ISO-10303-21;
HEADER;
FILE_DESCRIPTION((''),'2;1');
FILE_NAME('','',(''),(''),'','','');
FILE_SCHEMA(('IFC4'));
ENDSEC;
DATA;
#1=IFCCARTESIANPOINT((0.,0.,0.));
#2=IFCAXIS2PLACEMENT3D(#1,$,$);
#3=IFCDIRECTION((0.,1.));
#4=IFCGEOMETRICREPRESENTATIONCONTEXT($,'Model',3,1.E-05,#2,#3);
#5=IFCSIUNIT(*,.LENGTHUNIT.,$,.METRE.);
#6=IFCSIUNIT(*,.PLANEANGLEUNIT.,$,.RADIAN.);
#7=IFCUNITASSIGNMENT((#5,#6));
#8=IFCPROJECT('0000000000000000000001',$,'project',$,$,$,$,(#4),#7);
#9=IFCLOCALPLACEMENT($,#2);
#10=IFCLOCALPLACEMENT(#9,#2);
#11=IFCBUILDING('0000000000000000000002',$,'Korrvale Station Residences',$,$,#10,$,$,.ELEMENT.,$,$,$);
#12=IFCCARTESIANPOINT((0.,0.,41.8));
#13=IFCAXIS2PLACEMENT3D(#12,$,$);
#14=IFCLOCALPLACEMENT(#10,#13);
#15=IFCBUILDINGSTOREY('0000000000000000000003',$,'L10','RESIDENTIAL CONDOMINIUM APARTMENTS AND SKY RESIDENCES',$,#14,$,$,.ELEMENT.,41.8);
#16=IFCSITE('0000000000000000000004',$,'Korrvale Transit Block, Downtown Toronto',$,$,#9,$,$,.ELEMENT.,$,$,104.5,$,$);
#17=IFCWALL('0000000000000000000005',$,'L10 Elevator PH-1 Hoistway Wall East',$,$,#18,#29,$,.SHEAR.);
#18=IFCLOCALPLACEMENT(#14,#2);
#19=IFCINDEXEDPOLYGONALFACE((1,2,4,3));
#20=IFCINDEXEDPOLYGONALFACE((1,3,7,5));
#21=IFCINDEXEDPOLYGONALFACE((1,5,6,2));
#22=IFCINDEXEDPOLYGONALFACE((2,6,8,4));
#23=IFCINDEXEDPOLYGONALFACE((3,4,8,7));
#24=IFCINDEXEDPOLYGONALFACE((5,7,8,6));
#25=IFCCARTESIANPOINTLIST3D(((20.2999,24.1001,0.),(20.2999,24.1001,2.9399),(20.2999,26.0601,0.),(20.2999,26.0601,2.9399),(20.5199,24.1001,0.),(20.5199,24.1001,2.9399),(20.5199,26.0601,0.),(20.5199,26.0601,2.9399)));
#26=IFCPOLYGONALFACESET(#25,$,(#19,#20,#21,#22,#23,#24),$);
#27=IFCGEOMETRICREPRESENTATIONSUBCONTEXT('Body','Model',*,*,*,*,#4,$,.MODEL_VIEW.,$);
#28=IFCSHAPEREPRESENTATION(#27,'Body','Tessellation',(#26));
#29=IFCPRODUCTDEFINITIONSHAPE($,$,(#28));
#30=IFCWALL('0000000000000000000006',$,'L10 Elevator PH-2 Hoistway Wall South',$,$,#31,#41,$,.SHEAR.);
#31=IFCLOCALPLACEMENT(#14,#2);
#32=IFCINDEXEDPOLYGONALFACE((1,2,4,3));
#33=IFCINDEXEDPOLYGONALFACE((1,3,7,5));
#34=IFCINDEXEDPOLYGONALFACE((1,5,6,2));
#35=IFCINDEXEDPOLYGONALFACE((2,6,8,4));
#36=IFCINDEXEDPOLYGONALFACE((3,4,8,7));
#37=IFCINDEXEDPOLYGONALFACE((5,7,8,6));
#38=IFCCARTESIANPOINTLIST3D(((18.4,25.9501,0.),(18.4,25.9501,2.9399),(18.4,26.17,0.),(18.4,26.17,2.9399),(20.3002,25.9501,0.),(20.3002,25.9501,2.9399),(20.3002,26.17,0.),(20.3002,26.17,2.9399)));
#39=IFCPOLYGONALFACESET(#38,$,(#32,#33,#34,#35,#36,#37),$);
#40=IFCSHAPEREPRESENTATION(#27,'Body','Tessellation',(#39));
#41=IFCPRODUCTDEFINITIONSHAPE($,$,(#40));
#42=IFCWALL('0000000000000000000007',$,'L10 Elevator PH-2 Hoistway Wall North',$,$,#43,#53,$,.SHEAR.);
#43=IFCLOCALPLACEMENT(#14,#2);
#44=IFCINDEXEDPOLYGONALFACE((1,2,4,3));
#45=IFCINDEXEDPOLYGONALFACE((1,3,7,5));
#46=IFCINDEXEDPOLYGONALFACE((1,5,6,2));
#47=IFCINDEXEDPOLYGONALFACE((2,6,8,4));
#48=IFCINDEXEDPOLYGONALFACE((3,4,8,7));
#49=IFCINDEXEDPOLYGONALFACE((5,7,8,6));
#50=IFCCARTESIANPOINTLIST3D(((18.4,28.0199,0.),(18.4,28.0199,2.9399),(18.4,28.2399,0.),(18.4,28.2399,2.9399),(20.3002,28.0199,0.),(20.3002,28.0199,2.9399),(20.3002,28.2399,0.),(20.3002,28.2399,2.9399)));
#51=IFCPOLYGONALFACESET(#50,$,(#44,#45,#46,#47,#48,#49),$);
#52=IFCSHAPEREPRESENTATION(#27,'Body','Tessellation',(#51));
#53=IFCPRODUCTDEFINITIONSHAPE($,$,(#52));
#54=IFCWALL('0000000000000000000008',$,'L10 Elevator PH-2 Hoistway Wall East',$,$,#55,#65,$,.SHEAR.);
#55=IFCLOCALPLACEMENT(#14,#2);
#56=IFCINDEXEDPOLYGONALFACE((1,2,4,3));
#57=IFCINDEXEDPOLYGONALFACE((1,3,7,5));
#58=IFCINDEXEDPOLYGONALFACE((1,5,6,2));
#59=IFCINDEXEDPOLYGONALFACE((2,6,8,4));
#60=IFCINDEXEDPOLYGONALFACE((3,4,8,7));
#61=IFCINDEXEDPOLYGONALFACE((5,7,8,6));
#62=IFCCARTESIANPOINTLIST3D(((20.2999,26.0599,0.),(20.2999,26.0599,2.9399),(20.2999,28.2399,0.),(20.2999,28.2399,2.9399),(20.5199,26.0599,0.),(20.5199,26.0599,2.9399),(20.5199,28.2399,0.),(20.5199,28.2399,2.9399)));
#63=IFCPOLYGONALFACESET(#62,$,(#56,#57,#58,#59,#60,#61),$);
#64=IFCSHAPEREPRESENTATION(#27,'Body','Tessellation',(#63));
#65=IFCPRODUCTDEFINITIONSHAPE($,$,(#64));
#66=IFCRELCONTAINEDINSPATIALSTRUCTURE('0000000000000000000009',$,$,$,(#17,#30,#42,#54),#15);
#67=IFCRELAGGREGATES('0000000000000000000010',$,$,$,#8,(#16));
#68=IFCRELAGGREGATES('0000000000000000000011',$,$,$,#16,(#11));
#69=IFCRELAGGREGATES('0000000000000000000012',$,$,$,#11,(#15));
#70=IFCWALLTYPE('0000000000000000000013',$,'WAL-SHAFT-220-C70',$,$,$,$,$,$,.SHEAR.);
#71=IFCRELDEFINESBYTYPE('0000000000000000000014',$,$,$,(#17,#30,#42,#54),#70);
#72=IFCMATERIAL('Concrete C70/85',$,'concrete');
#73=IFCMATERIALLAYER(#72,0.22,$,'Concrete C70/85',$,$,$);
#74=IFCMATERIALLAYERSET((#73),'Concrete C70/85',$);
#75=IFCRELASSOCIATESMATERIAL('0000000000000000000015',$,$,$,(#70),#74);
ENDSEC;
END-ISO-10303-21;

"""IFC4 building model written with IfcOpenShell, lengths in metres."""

from ifc_helpers import new_model, si_unit, direction, frame, frame_2d, origin, place, context, subcontext, project, spatial, rectangle, extrude, material, layer, layer_set, type_object, element, save


model = new_model("IFC4")

# Units and contexts
model_context = context("Model", 3, precision=1e-05, world=origin(), true_north=direction((0.0, 1.0)))
body_context = subcontext(model_context, "Body", "Model", "MODEL_VIEW")
ifc_project = project(units=[si_unit("LENGTHUNIT", "METRE"), si_unit("PLANEANGLEUNIT", "RADIAN")], contexts=[model_context])

# Site, building, storey
site_placement = place(None, origin())
site = spatial("IfcSite", under=ifc_project, at=site_placement, Name="Korrvale Transit Block, Downtown Toronto", CompositionType="ELEMENT", RefElevation=104.5)
building_placement = place(site_placement, origin())
building = spatial("IfcBuilding", under=site, at=building_placement, Name="Korrvale Station Residences", CompositionType="ELEMENT")
storey_placement = place(building_placement, frame((0.0, 0.0, 41.8)))
storey = spatial("IfcBuildingStorey", under=building, at=storey_placement, Name="L10", Description="RESIDENTIAL CONDOMINIUM APARTMENTS AND SKY RESIDENCES", CompositionType="ELEMENT", Elevation=41.8)

# Shared definitions
ifc_material_1 = material(Name="Concrete C70/85", Category="concrete")

# Shared definitions
ifc_layer_1 = layer(ifc_material_1, 0.22, Name="Concrete C70/85")
ifc_layer_set_1 = layer_set([ifc_layer_1], Name="Concrete C70/85")
wall_type_1 = type_object("IfcWallType", Name="WAL-SHAFT-220-C70", PredefinedType="SHEAR", material=ifc_layer_set_1)

# Walls
wall_1_placement = place(storey_placement, frame((20.4099, 24.1001, 0.0), z_axis=(0.0, 0.0, 1.0), x_axis=(0.0, 1.0, 0.0)))
element("IfcWall", 1, at=wall_1_placement, inside=storey, type_object=wall_type_1, Name="L10 Elevator PH-1 Hoistway Wall East", PredefinedType="SHEAR", context=body_context, shape_type="SweptSolid", body=[
    extrude(rectangle(XDim=1.96, YDim=0.22, at=frame_2d((0.98, 0.0))), origin(), (0.0, 0.0, 1.0), 2.9399),
])
for number, where, z_axis, x_axis, name in (
    (2, (18.3999, 26.0601, 0.0), (0.0, 0.0, 1.0), (1.0, 0.0, 0.0), "L10 Elevator PH-2 Hoistway Wall South"),
    (3, (18.3999, 28.1299, 0.0), (0.0, 0.0, 1.0), (1.0, 0.0, 0.0), "L10 Elevator PH-2 Hoistway Wall North"),
):
    element("IfcWall", number, at=place(storey_placement, frame(where, z_axis=z_axis, x_axis=x_axis)), inside=storey, type_object=wall_type_1, Name=name, PredefinedType="SHEAR", context=body_context, shape_type="SweptSolid", body=[
        extrude(rectangle(XDim=1.9001, YDim=0.22, at=frame_2d((0.9502, 0.0))), origin(), (0.0, 0.0, 1.0), 2.9399),
    ])
wall_2_placement = place(storey_placement, frame((20.4099, 26.0601, 0.0), z_axis=(0.0, 0.0, 1.0), x_axis=(0.0, 1.0, 0.0)))
element("IfcWall", 4, at=wall_2_placement, inside=storey, type_object=wall_type_1, Name="L10 Elevator PH-2 Hoistway Wall East", PredefinedType="SHEAR", context=body_context, shape_type="SweptSolid", body=[
    extrude(rectangle(XDim=2.1799, YDim=0.22, at=frame_2d((1.0898, 0.0))), origin(), (0.0, 0.0, 1.0), 2.9399),
])

save(model, "model.ifc")
